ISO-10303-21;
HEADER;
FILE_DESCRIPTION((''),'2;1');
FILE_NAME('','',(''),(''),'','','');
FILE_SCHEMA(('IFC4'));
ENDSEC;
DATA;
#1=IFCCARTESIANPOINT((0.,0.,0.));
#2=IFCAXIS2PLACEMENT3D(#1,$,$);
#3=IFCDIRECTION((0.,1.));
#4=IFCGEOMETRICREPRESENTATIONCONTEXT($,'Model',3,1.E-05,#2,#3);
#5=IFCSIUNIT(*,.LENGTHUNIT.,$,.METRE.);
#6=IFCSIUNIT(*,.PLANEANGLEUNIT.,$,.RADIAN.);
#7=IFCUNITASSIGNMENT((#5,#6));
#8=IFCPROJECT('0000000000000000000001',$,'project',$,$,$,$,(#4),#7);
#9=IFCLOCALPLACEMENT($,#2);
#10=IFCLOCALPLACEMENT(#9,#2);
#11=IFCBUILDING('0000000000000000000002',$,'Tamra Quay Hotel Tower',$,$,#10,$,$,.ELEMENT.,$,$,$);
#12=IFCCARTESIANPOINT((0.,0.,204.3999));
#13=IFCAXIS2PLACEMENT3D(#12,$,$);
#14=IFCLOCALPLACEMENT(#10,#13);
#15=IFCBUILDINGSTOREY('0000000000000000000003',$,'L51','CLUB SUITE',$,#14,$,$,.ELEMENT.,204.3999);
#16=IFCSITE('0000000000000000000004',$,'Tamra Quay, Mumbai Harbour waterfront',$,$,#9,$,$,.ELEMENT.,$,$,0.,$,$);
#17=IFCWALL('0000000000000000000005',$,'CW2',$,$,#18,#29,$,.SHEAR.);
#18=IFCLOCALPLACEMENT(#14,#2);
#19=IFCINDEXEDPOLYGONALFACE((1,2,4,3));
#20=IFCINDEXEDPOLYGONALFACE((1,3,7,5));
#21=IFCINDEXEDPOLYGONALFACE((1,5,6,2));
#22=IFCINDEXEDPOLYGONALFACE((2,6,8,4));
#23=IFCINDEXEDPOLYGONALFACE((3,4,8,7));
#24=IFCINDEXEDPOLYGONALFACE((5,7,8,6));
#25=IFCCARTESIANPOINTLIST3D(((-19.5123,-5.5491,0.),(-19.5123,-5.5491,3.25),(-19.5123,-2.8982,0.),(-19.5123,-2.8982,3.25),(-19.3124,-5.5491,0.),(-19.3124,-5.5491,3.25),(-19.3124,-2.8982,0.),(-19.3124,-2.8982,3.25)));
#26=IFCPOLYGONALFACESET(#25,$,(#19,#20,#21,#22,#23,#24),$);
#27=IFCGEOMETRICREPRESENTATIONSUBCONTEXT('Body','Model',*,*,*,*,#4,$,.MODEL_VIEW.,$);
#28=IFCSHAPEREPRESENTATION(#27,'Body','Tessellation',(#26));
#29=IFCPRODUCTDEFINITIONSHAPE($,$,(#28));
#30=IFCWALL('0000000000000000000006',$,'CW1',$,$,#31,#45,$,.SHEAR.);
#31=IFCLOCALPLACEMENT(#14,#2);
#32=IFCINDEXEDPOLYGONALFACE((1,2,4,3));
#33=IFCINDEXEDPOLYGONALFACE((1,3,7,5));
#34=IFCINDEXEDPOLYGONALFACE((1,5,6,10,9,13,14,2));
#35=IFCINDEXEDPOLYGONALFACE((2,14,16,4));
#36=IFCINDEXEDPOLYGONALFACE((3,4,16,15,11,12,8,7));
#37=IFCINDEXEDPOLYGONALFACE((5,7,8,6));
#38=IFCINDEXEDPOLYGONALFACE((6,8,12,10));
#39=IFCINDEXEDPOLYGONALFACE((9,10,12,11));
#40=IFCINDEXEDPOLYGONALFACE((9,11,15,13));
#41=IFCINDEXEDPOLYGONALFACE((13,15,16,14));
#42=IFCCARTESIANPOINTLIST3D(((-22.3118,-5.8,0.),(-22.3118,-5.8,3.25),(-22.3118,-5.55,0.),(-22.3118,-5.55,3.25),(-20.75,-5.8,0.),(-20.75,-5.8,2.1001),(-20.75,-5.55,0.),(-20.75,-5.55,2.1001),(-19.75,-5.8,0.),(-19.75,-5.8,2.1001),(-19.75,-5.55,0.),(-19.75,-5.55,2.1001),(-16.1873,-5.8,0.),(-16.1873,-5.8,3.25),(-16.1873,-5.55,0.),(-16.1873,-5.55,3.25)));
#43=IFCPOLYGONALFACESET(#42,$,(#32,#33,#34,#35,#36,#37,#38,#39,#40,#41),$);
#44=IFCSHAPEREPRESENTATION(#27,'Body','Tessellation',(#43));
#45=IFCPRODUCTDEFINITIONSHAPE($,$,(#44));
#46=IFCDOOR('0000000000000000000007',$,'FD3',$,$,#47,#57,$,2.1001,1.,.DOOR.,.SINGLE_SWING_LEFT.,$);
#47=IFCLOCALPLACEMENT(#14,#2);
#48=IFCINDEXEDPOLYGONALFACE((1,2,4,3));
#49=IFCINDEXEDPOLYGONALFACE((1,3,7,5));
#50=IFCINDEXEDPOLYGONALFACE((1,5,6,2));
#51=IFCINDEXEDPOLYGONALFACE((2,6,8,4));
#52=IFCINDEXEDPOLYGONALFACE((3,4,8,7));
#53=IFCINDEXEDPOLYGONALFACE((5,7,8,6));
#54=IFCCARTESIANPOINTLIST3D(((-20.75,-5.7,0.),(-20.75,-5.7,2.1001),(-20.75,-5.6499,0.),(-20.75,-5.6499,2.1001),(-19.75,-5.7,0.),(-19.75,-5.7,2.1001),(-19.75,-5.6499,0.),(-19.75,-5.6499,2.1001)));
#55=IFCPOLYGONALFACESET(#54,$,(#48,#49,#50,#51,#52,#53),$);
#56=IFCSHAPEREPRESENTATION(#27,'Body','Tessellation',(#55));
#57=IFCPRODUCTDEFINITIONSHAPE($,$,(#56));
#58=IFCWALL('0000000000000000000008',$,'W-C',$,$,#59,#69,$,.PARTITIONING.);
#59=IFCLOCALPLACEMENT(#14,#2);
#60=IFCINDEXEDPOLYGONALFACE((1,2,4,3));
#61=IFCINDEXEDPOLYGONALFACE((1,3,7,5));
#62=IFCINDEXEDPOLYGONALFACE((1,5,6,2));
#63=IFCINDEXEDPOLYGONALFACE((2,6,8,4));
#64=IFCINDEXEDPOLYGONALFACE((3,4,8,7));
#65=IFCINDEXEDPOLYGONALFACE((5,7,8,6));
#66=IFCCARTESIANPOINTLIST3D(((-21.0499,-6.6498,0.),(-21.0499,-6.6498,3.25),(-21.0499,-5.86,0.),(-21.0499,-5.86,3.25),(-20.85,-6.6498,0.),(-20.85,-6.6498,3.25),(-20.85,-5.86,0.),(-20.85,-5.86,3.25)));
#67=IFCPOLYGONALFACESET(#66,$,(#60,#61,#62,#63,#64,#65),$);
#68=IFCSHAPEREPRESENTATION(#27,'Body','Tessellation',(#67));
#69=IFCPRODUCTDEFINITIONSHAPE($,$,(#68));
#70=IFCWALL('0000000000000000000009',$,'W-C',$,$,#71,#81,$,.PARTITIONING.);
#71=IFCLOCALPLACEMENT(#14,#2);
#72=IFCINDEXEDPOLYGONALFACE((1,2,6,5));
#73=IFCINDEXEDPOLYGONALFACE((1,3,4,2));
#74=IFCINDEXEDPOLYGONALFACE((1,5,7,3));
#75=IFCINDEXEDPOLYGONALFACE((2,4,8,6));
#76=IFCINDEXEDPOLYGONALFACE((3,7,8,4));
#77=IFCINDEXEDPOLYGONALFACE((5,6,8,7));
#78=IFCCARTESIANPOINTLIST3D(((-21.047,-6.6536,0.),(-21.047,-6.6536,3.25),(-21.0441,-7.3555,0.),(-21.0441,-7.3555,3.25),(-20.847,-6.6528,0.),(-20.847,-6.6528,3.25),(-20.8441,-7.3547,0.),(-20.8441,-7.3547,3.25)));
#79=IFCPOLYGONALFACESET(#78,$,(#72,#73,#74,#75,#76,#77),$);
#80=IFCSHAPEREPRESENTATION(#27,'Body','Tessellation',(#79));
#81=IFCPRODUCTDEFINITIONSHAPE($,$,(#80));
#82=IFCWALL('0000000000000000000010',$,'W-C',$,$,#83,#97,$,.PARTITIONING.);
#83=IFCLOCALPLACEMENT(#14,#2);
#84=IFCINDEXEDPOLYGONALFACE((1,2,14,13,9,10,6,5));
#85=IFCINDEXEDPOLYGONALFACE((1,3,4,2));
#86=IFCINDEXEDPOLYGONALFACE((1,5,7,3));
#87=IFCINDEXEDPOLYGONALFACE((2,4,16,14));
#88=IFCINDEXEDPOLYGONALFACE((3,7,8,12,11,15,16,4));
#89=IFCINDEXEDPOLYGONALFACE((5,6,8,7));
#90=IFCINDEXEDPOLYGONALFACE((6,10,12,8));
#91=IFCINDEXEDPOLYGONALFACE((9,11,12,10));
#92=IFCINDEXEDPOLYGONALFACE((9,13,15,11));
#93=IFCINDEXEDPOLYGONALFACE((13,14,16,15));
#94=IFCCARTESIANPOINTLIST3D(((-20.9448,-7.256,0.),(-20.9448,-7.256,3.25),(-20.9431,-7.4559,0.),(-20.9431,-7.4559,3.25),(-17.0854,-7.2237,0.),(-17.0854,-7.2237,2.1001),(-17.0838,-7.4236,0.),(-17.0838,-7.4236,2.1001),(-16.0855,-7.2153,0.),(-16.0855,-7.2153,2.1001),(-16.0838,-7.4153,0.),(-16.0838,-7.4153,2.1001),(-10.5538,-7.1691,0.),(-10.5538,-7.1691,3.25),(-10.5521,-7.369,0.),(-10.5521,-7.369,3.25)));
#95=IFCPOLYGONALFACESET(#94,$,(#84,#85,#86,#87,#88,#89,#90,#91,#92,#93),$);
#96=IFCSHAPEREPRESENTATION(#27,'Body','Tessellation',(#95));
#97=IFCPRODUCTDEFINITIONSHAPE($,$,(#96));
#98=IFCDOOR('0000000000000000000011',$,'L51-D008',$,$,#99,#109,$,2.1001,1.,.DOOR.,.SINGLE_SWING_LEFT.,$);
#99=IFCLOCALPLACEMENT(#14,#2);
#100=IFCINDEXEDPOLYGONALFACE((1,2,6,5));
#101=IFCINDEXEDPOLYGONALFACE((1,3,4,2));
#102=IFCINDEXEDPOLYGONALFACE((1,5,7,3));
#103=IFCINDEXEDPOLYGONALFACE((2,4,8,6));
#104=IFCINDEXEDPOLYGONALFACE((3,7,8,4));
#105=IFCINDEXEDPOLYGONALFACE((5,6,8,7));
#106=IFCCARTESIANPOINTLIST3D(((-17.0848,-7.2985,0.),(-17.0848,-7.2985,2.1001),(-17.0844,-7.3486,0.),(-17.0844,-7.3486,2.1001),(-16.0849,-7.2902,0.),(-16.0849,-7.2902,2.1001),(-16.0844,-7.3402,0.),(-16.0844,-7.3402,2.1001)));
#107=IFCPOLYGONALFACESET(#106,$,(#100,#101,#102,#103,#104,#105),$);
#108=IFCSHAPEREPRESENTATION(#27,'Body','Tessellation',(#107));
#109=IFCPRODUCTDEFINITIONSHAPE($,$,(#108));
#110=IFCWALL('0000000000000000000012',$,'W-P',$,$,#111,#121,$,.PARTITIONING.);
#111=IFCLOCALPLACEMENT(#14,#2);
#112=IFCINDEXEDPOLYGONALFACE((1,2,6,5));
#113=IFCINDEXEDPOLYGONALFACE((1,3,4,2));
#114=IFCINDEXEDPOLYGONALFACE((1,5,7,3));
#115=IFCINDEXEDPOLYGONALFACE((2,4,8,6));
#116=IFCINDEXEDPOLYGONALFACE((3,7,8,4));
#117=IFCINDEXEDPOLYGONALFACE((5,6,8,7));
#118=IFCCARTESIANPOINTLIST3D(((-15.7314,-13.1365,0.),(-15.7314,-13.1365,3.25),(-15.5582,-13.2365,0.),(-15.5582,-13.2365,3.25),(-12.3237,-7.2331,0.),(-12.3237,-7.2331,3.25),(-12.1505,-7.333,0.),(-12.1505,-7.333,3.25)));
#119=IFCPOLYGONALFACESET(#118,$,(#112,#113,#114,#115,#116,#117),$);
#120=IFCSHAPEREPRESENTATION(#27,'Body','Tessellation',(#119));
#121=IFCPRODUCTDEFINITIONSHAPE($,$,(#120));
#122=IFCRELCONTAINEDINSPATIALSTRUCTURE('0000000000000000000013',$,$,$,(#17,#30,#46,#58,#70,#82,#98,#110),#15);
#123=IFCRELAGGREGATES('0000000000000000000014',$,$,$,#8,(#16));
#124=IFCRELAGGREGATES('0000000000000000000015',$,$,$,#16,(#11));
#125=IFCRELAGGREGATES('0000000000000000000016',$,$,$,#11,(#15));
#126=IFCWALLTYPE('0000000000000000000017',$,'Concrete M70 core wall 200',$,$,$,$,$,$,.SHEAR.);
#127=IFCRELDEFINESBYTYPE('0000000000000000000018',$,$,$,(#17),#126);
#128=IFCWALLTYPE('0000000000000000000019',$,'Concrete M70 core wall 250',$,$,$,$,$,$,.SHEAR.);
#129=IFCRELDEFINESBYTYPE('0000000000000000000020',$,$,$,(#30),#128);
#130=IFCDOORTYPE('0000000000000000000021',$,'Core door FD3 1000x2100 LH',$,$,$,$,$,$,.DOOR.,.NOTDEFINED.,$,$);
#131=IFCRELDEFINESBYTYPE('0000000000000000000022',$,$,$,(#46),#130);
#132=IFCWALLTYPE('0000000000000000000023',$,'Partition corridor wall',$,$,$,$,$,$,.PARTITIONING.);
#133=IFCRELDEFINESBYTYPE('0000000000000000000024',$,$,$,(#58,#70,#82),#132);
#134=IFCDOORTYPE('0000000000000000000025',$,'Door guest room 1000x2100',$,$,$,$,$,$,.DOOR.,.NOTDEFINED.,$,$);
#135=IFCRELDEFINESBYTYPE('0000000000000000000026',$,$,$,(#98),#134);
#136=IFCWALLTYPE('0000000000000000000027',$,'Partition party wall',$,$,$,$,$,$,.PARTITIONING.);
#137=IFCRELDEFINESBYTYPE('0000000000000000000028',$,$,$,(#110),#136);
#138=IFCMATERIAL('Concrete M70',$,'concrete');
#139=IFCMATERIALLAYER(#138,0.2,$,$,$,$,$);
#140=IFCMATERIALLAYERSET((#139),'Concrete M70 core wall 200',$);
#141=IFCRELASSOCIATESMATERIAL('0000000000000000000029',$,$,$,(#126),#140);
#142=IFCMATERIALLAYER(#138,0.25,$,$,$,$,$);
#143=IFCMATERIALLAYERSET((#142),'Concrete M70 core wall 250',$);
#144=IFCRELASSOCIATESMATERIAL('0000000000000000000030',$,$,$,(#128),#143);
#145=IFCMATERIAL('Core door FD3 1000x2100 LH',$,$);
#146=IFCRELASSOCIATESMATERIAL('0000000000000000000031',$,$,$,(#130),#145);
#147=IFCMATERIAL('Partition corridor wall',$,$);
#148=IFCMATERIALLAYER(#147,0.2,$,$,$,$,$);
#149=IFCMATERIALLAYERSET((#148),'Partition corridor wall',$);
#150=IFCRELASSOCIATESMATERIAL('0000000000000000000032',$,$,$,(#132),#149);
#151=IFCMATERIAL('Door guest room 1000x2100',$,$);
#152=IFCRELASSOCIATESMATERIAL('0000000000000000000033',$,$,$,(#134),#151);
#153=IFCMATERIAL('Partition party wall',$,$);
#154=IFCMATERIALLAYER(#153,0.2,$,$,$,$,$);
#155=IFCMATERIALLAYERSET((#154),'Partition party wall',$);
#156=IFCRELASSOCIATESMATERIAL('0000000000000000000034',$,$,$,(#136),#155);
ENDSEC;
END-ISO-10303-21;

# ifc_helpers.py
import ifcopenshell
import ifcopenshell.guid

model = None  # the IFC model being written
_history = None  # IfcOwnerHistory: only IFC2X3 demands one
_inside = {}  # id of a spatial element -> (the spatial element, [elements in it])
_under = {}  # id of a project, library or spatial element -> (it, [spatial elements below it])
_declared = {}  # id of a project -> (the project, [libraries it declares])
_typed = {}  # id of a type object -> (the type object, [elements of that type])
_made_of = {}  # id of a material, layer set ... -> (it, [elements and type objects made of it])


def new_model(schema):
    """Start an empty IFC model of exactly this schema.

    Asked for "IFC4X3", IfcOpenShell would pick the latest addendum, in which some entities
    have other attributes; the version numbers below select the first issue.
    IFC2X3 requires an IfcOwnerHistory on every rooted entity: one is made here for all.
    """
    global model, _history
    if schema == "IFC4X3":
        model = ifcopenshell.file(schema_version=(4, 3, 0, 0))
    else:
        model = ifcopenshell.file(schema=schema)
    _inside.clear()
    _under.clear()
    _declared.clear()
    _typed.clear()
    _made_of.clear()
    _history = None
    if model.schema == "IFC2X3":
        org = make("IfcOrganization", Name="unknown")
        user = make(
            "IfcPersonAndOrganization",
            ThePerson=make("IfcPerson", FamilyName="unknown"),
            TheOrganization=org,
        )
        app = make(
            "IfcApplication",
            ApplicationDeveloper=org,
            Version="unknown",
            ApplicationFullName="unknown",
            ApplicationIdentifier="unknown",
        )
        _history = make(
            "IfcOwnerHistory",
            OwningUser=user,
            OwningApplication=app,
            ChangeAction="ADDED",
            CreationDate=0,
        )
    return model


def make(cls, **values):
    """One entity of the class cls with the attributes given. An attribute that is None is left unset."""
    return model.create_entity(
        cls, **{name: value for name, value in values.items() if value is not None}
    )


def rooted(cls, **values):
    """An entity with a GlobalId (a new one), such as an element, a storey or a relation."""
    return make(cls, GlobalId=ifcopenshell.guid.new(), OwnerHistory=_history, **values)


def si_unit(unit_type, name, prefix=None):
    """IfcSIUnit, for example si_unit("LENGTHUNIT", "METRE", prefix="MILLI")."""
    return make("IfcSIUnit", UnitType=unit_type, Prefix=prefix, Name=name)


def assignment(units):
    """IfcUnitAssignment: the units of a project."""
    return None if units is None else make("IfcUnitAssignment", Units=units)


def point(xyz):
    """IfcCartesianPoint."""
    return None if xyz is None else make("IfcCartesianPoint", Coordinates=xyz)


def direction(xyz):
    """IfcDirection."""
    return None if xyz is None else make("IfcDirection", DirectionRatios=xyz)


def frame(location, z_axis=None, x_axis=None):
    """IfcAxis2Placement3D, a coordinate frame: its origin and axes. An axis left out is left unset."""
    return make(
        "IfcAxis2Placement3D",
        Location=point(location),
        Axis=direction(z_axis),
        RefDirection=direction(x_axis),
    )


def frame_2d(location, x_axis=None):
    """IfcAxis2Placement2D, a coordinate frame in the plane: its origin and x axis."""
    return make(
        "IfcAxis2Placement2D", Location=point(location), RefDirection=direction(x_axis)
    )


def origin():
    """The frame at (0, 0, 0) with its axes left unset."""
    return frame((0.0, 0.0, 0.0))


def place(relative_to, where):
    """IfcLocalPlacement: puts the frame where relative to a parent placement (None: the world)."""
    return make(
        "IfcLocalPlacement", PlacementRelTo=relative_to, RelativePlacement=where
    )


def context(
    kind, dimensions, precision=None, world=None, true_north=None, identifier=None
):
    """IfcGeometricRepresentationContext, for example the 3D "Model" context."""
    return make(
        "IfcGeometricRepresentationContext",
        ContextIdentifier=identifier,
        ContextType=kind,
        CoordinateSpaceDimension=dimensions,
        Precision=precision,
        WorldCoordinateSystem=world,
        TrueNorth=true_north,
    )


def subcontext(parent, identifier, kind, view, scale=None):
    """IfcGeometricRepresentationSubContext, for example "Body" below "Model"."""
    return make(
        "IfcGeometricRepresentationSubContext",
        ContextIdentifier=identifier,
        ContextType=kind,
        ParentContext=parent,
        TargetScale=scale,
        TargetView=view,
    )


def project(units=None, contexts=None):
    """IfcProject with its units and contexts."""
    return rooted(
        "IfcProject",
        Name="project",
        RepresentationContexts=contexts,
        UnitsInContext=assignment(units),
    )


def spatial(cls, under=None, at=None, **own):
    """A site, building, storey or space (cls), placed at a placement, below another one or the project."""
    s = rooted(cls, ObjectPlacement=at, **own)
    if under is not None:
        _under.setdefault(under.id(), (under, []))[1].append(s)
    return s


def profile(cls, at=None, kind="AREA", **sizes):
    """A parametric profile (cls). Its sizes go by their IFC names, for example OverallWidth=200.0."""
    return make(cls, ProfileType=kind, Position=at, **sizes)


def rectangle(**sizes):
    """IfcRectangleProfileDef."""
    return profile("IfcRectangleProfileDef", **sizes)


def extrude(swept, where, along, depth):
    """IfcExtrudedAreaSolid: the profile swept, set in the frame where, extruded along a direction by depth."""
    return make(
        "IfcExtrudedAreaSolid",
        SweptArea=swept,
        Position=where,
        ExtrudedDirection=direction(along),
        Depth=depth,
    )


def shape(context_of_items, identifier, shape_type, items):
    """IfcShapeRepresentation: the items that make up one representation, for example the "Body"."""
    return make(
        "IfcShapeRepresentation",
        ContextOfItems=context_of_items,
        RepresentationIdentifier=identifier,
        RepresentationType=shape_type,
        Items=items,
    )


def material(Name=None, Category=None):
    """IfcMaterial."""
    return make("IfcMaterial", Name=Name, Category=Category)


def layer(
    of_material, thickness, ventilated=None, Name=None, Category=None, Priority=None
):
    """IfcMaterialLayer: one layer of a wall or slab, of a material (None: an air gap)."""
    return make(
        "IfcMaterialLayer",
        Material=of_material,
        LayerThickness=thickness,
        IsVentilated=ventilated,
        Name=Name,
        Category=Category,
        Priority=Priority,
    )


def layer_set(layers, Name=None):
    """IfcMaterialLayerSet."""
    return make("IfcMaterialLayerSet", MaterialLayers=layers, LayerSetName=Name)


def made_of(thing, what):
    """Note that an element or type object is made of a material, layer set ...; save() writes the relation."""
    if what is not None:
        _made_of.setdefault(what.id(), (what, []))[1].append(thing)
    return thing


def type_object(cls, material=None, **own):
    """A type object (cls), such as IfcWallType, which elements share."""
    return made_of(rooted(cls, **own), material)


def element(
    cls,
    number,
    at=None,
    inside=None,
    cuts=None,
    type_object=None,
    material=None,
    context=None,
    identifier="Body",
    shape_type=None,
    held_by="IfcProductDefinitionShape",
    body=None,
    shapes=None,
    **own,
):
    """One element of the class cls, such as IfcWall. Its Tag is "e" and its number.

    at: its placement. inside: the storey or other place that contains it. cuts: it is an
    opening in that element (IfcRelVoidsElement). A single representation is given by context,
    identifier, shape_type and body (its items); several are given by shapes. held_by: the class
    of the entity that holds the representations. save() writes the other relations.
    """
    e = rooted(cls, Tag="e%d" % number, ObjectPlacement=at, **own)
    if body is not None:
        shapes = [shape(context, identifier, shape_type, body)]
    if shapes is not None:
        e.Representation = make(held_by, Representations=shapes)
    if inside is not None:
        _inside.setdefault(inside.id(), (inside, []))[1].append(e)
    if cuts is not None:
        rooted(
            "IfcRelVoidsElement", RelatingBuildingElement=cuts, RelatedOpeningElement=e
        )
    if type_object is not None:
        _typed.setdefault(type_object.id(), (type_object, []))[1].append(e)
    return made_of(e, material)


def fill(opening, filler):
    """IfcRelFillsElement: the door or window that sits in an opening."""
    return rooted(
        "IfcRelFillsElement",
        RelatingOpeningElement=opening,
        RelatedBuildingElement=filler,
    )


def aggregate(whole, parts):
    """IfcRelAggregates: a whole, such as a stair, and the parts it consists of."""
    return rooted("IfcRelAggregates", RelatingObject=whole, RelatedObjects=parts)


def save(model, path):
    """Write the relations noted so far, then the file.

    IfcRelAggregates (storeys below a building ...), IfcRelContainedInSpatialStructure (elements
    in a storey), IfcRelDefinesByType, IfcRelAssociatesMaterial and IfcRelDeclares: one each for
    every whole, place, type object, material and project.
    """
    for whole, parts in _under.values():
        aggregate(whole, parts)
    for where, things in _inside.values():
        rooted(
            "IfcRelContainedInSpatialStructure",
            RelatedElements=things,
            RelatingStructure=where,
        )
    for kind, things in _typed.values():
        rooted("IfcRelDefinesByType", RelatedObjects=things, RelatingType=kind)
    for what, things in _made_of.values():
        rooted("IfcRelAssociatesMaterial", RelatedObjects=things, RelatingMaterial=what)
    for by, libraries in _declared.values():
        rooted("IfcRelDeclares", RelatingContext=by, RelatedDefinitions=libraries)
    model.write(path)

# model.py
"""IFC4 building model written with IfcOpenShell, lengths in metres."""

from ifc_helpers import new_model, si_unit, direction, frame, frame_2d, origin, place, context, subcontext, project, spatial, rectangle, extrude, material, layer, layer_set, type_object, element, fill, save


model = new_model("IFC4")

# Units and contexts
model_context = context("Model", 3, precision=1e-05, world=origin(), true_north=direction((0.0, 1.0)))
body_context = subcontext(model_context, "Body", "Model", "MODEL_VIEW")
ifc_project = project(units=[si_unit("LENGTHUNIT", "METRE"), si_unit("PLANEANGLEUNIT", "RADIAN")], contexts=[model_context])

# Site, building, storey
site_placement = place(None, origin())
site = spatial("IfcSite", under=ifc_project, at=site_placement, Name="Tamra Quay, Mumbai Harbour waterfront", CompositionType="ELEMENT", RefElevation=0.0)
building_placement = place(site_placement, origin())
building = spatial("IfcBuilding", under=site, at=building_placement, Name="Tamra Quay Hotel Tower", CompositionType="ELEMENT")
storey_placement = place(building_placement, frame((0.0, 0.0, 204.3999)))
storey = spatial("IfcBuildingStorey", under=building, at=storey_placement, Name="L51", Description="CLUB SUITE", CompositionType="ELEMENT", Elevation=204.3999)

# Shared definitions
ifc_material_1 = material(Name="Concrete M70", Category="concrete")

# Shared definitions
ifc_layer_1 = layer(ifc_material_1, 0.2)
ifc_layer_set_1 = layer_set([ifc_layer_1], Name="Concrete M70 core wall 200")
wall_type_1 = type_object("IfcWallType", Name="Concrete M70 core wall 200", PredefinedType="SHEAR", material=ifc_layer_set_1)

# Wall
wall_1_placement = place(storey_placement, frame((-19.4124, -5.5491, 0.0), z_axis=(0.0, 0.0, 1.0), x_axis=(0.0, 1.0, 0.0)))
element("IfcWall", 1, at=wall_1_placement, inside=storey, type_object=wall_type_1, Name="CW2", PredefinedType="SHEAR", context=body_context, shape_type="SweptSolid", body=[
    extrude(rectangle(XDim=2.6509, YDim=0.2, at=frame_2d((1.3254, 0.0))), origin(), (0.0, 0.0, 1.0), 3.25),
])

# Wall, opening, door
ifc_layer_2 = layer(ifc_material_1, 0.25)
ifc_layer_set_2 = layer_set([ifc_layer_2], Name="Concrete M70 core wall 250")
wall_type_2 = type_object("IfcWallType", Name="Concrete M70 core wall 250", PredefinedType="SHEAR", material=ifc_layer_set_2)
wall_2_placement = place(storey_placement, frame((-16.1873, -5.675, 0.0), z_axis=(0.0, 0.0, 1.0), x_axis=(-1.0, 0.0, 0.0)))
wall_2 = element("IfcWall", 2, at=wall_2_placement, inside=storey, type_object=wall_type_2, Name="CW1", PredefinedType="SHEAR", context=body_context, shape_type="SweptSolid", body=[
    extrude(rectangle(XDim=6.1245, YDim=0.25, at=frame_2d((3.0623, 0.0))), origin(), (0.0, 0.0, 1.0), 3.25),
])
opening_1_placement = place(wall_2_placement, frame((3.5627, 0.0, 0.0)))
opening_1 = element("IfcOpeningElement", 3, at=opening_1_placement, cuts=wall_2, PredefinedType="OPENING", context=body_context, shape_type="SweptSolid", body=[
    extrude(rectangle(XDim=1.0, YDim=2.1001, at=frame_2d((0.5, 1.05))), frame((0.0, 0.135, 0.0), z_axis=(0.0, -1.0, 0.0), x_axis=(1.0, 0.0, 0.0)), (0.0, 0.0, 1.0), 0.27),
])
ifc_material_2 = material(Name="Core door FD3 1000x2100 LH")
door_type_1 = type_object("IfcDoorType", Name="Core door FD3 1000x2100 LH", OperationType="NOTDEFINED", PredefinedType="DOOR", material=ifc_material_2)
door_1_placement = place(opening_1_placement, origin())
door_1 = element("IfcDoor", 4, at=door_1_placement, inside=storey, type_object=door_type_1, Name="FD3", OperationType="SINGLE_SWING_LEFT", OverallHeight=2.1001, OverallWidth=1.0, PredefinedType="DOOR", context=body_context, shape_type="SweptSolid", body=[
    extrude(rectangle(XDim=1.0, YDim=2.1001, at=frame_2d((0.5, 1.05))), frame((0.0, 0.0249, 0.0), z_axis=(0.0, -1.0, 0.0), x_axis=(1.0, 0.0, 0.0)), (0.0, 0.0, 1.0), 0.05),
])
fill(opening_1, door_1)

# Walls
ifc_material_3 = material(Name="Partition corridor wall")
ifc_layer_3 = layer(ifc_material_3, 0.2)
ifc_layer_set_3 = layer_set([ifc_layer_3], Name="Partition corridor wall")
wall_type_3 = type_object("IfcWallType", Name="Partition corridor wall", PredefinedType="PARTITIONING", material=ifc_layer_set_3)
wall_3_placement = place(storey_placement, frame((-20.95, -6.6499, 0.0), z_axis=(0.0, 0.0, 1.0), x_axis=(0.0, 1.0, 0.0)))
element("IfcWall", 5, at=wall_3_placement, inside=storey, type_object=wall_type_3, Name="W-C", PredefinedType="PARTITIONING", context=body_context, shape_type="SweptSolid", body=[
    extrude(rectangle(XDim=0.7898, YDim=0.2, at=frame_2d((0.395, 0.0))), origin(), (0.0, 0.0, 1.0), 3.25),
])
wall_4_placement = place(storey_placement, frame((-20.947, -6.6531, 0.0), z_axis=(0.0, 0.0, 1.0), x_axis=(0.004174, -0.999991, 0.0)))
element("IfcWall", 6, at=wall_4_placement, inside=storey, type_object=wall_type_3, Name="W-C", PredefinedType="PARTITIONING", context=body_context, shape_type="SweptSolid", body=[
    extrude(rectangle(XDim=0.7019, YDim=0.2, at=frame_2d((0.3511, 0.0))), origin(), (0.0, 0.0, 1.0), 3.25),
])

# Wall, opening, door
wall_5_placement = place(storey_placement, frame((-20.9441, -7.356, 0.0), z_axis=(0.0, 0.0, 1.0), x_axis=(0.999965, 0.008364, 0.0)))
wall_5 = element("IfcWall", 7, at=wall_5_placement, inside=storey, type_object=wall_type_3, Name="W-C", PredefinedType="PARTITIONING", context=body_context, shape_type="SweptSolid", body=[
    extrude(rectangle(XDim=10.3914, YDim=0.2, at=frame_2d((5.1958, 0.0))), origin(), (0.0, 0.0, 1.0), 3.25),
])
opening_2_placement = place(wall_5_placement, frame((3.8596, 0.0, 0.0)))
opening_2 = element("IfcOpeningElement", 8, at=opening_2_placement, cuts=wall_5, PredefinedType="OPENING", context=body_context, shape_type="SweptSolid", body=[
    extrude(rectangle(XDim=1.0, YDim=2.1001, at=frame_2d((0.5, 1.05))), frame((0.0, 0.1099, 0.0), z_axis=(0.0, -1.0, 0.0), x_axis=(1.0, 0.0, 0.0)), (0.0, 0.0, 1.0), 0.22),
])
ifc_material_4 = material(Name="Door guest room 1000x2100")
door_type_2 = type_object("IfcDoorType", Name="Door guest room 1000x2100", OperationType="NOTDEFINED", PredefinedType="DOOR", material=ifc_material_4)
door_2_placement = place(opening_2_placement, frame((1.0, 0.0, 0.0), z_axis=(0.0, 0.0, 1.0), x_axis=(-1.0, 0.0, 0.0)))
door_2 = element("IfcDoor", 9, at=door_2_placement, inside=storey, type_object=door_type_2, Name="L51-D008", OperationType="SINGLE_SWING_LEFT", OverallHeight=2.1001, OverallWidth=1.0, PredefinedType="DOOR", context=body_context, shape_type="SweptSolid", body=[
    extrude(rectangle(XDim=1.0, YDim=2.1001, at=frame_2d((0.5, 1.05))), frame((0.0, 0.0249, 0.0), z_axis=(0.0, -1.0, 0.0), x_axis=(1.0, 0.0, 0.0)), (0.0, 0.0, 1.0), 0.05),
])
fill(opening_2, door_2)

# Wall
ifc_material_5 = material(Name="Partition party wall")
ifc_layer_4 = layer(ifc_material_5, 0.2)
ifc_layer_set_4 = layer_set([ifc_layer_4], Name="Partition party wall")
wall_type_4 = type_object("IfcWallType", Name="Partition party wall", PredefinedType="PARTITIONING", material=ifc_layer_set_4)
wall_6_placement = place(storey_placement, frame((-15.6448, -13.1865, 0.0), z_axis=(0.0, 0.0, 1.0), x_axis=(0.499922, 0.86607, 0.0)))
element("IfcWall", 10, at=wall_6_placement, inside=storey, type_object=wall_type_4, Name="W-P", PredefinedType="PARTITIONING", context=body_context, shape_type="SweptSolid", body=[
    extrude(rectangle(XDim=6.8164, YDim=0.2, at=frame_2d((3.4082, 0.0))), origin(), (0.0, 0.0, 1.0), 3.25),
])

save(model, "model.ifc")
